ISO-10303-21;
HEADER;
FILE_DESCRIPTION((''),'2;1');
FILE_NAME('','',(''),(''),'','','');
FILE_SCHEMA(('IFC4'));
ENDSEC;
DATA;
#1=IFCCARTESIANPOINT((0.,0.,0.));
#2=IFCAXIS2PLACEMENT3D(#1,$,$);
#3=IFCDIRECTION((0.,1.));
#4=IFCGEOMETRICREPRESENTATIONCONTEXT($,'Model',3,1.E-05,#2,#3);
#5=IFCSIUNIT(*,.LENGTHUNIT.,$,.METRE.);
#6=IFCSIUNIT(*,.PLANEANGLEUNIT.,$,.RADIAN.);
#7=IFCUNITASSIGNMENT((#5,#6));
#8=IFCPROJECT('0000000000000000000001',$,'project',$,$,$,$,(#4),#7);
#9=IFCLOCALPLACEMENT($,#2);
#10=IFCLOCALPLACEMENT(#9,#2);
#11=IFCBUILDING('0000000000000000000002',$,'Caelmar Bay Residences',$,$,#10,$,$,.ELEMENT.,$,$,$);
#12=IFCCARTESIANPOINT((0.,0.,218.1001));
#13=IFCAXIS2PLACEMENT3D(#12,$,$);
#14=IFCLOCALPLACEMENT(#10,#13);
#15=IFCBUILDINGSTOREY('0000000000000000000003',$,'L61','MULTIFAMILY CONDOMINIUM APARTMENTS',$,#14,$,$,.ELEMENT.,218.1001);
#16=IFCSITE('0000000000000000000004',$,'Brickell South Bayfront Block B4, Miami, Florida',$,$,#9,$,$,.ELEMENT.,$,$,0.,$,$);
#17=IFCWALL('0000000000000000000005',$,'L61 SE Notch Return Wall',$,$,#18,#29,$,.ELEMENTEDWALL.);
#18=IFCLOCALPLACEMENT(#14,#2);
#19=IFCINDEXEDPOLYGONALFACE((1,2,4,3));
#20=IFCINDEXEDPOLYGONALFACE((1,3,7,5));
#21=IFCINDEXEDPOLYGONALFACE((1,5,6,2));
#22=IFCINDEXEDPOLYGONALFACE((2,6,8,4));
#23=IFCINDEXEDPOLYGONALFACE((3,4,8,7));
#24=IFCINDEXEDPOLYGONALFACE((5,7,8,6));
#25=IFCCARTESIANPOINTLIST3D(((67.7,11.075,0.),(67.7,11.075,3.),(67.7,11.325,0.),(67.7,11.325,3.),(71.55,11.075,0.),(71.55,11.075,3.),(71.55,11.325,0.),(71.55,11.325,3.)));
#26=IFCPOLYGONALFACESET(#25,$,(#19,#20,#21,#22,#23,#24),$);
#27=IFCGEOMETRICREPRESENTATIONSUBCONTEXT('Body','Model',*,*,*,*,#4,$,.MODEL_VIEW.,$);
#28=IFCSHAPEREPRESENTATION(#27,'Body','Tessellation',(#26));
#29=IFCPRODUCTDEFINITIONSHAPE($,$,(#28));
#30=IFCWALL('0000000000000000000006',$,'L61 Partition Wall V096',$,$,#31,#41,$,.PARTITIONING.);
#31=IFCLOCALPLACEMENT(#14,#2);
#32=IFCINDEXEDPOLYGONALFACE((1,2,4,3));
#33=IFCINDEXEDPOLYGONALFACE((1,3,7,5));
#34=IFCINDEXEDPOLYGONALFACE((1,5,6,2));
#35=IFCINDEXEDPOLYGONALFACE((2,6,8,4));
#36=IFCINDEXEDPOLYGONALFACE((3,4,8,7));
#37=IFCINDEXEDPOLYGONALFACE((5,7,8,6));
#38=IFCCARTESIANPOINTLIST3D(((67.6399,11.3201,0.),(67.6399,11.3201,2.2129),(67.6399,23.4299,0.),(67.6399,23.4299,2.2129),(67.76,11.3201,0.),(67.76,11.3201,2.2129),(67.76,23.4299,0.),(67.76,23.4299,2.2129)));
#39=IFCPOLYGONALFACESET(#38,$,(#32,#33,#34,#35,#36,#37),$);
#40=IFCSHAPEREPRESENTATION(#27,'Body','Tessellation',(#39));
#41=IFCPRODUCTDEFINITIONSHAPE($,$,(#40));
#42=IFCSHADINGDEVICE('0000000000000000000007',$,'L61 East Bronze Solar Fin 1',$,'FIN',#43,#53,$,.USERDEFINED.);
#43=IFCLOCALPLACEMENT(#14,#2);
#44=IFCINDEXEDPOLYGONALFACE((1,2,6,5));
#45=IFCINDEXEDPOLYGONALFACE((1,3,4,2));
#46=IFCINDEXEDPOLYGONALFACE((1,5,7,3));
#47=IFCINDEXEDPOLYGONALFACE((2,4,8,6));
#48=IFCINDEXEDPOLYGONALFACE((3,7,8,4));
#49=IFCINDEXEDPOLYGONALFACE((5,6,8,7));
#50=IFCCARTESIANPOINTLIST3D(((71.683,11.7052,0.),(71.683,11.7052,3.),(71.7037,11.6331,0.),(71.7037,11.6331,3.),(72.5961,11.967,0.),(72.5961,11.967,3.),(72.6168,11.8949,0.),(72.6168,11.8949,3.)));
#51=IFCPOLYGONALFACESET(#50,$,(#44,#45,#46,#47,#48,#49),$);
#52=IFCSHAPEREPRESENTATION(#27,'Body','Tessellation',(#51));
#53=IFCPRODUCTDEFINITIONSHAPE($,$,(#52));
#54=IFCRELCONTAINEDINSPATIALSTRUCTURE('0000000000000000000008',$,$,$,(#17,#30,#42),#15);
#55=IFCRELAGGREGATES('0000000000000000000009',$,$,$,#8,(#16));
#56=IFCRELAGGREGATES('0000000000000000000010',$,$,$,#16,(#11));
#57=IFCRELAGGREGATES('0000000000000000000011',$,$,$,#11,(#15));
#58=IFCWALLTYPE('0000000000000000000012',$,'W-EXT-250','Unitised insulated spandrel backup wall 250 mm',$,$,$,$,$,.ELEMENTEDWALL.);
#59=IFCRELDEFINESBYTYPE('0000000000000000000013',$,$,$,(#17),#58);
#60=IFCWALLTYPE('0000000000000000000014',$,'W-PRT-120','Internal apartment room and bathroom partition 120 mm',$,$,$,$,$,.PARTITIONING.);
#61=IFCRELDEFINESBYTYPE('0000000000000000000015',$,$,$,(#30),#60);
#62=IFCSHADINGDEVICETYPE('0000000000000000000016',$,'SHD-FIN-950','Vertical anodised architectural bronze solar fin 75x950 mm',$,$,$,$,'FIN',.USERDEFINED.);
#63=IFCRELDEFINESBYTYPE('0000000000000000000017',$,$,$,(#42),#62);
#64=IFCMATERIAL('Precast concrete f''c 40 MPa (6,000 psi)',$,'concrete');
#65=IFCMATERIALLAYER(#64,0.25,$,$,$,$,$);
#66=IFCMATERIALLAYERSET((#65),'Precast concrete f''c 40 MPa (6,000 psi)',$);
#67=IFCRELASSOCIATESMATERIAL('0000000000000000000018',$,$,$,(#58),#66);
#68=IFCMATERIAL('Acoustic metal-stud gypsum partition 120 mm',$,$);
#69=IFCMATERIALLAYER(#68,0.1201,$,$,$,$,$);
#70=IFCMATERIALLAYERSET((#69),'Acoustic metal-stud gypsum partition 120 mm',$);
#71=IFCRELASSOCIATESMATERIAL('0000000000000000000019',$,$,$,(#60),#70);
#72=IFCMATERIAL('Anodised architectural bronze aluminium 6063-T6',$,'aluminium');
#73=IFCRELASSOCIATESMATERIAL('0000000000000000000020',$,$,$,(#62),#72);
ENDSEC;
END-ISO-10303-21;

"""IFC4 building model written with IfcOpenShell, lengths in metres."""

from ifc_helpers import new_model, si_unit, direction, frame, frame_2d, origin, origin_2d, place, context, subcontext, project, spatial, rectangle, extrude, material, layer, layer_set, material_profile, profile_set, type_object, element, save


model = new_model("IFC4")

# Units and contexts
model_context = context("Model", 3, precision=1e-05, world=origin(), true_north=direction((0.0, 1.0)))
body_context = subcontext(model_context, "Body", "Model", "MODEL_VIEW")
ifc_project = project(units=[si_unit("LENGTHUNIT", "METRE"), si_unit("PLANEANGLEUNIT", "RADIAN")], contexts=[model_context])

# Site, building, storey
site_placement = place(None, origin())
site = spatial("IfcSite", under=ifc_project, at=site_placement, Name="Brickell South Bayfront Block B4, Miami, Florida", CompositionType="ELEMENT", RefElevation=0.0)
building_placement = place(site_placement, origin())
building = spatial("IfcBuilding", under=site, at=building_placement, Name="Caelmar Bay Residences", CompositionType="ELEMENT")
storey_placement = place(building_placement, frame((0.0, 0.0, 218.1001)))
storey = spatial("IfcBuildingStorey", under=building, at=storey_placement, Name="L61", Description="MULTIFAMILY CONDOMINIUM APARTMENTS", CompositionType="ELEMENT", Elevation=218.1001)

# Walls
ifc_material_1 = material(Name="Precast concrete f'c 40 MPa (6,000 psi)", Category="concrete")
ifc_layer_1 = layer(ifc_material_1, 0.25)
ifc_layer_set_1 = layer_set([ifc_layer_1], Name="Precast concrete f'c 40 MPa (6,000 psi)")
wall_type_1 = type_object("IfcWallType", Name="W-EXT-250", Description="Unitised insulated spandrel backup wall 250 mm", PredefinedType="ELEMENTEDWALL", material=ifc_layer_set_1)
wall_1_placement = place(storey_placement, frame((67.7, 11.2, 0.0), z_axis=(0.0, 0.0, 1.0), x_axis=(1.0, 0.0, 0.0)))
element("IfcWall", 1, at=wall_1_placement, inside=storey, type_object=wall_type_1, Name="L61 SE Notch Return Wall", PredefinedType="ELEMENTEDWALL", context=body_context, shape_type="SweptSolid", body=[
    extrude(rectangle(XDim=3.8501, YDim=0.25, at=frame_2d((1.925, 0.0))), origin(), (0.0, 0.0, 1.0), 3.0),
])
ifc_material_2 = material(Name="Acoustic metal-stud gypsum partition 120 mm")
ifc_layer_2 = layer(ifc_material_2, 0.1201)
ifc_layer_set_2 = layer_set([ifc_layer_2], Name="Acoustic metal-stud gypsum partition 120 mm")
wall_type_2 = type_object("IfcWallType", Name="W-PRT-120", Description="Internal apartment room and bathroom partition 120 mm", PredefinedType="PARTITIONING", material=ifc_layer_set_2)
wall_2_placement = place(storey_placement, frame((67.7, 11.3201, 0.0), z_axis=(0.0, 0.0, 1.0), x_axis=(0.0, 1.0, 0.0)))
element("IfcWall", 2, at=wall_2_placement, inside=storey, type_object=wall_type_2, Name="L61 Partition Wall V096", PredefinedType="PARTITIONING", context=body_context, shape_type="SweptSolid", body=[
    extrude(rectangle(XDim=12.1099, YDim=0.1201, at=frame_2d((6.0549, 0.0))), origin(), (0.0, 0.0, 1.0), 2.2129),
])

# Shading device
ifc_material_3 = material(Name="Anodised architectural bronze aluminium 6063-T6", Category="aluminium")
ifc_material_profile_1 = material_profile(ifc_material_3, rectangle(XDim=0.075, YDim=0.95, at=origin_2d()), Name="BRONZE-FIN-75X950")
ifc_profile_set_1 = profile_set([ifc_material_profile_1], Name="Anodised architectural bronze aluminium 6063-T6")
shading_device_type = type_object("IfcShadingDeviceType", Name="SHD-FIN-950", Description="Vertical anodised architectural bronze solar fin 75x950 mm", ElementType="FIN", PredefinedType="USERDEFINED", material=ifc_profile_set_1)
shading_device_placement = place(storey_placement, frame((72.1499, 11.8, 0.0), z_axis=(0.0, 0.0, 1.0), x_axis=(-0.275637, 0.961262, 0.0)))
element("IfcShadingDevice", 3, at=shading_device_placement, inside=storey, type_object=shading_device_type, Name="L61 East Bronze Solar Fin 1", ObjectType="FIN", PredefinedType="USERDEFINED", context=body_context, shape_type="SweptSolid", body=[
    extrude(rectangle(XDim=0.075, YDim=0.95, at=origin_2d()), origin(), (0.0, 0.0, 1.0), 3.0),
])

save(model, "model.ifc")
